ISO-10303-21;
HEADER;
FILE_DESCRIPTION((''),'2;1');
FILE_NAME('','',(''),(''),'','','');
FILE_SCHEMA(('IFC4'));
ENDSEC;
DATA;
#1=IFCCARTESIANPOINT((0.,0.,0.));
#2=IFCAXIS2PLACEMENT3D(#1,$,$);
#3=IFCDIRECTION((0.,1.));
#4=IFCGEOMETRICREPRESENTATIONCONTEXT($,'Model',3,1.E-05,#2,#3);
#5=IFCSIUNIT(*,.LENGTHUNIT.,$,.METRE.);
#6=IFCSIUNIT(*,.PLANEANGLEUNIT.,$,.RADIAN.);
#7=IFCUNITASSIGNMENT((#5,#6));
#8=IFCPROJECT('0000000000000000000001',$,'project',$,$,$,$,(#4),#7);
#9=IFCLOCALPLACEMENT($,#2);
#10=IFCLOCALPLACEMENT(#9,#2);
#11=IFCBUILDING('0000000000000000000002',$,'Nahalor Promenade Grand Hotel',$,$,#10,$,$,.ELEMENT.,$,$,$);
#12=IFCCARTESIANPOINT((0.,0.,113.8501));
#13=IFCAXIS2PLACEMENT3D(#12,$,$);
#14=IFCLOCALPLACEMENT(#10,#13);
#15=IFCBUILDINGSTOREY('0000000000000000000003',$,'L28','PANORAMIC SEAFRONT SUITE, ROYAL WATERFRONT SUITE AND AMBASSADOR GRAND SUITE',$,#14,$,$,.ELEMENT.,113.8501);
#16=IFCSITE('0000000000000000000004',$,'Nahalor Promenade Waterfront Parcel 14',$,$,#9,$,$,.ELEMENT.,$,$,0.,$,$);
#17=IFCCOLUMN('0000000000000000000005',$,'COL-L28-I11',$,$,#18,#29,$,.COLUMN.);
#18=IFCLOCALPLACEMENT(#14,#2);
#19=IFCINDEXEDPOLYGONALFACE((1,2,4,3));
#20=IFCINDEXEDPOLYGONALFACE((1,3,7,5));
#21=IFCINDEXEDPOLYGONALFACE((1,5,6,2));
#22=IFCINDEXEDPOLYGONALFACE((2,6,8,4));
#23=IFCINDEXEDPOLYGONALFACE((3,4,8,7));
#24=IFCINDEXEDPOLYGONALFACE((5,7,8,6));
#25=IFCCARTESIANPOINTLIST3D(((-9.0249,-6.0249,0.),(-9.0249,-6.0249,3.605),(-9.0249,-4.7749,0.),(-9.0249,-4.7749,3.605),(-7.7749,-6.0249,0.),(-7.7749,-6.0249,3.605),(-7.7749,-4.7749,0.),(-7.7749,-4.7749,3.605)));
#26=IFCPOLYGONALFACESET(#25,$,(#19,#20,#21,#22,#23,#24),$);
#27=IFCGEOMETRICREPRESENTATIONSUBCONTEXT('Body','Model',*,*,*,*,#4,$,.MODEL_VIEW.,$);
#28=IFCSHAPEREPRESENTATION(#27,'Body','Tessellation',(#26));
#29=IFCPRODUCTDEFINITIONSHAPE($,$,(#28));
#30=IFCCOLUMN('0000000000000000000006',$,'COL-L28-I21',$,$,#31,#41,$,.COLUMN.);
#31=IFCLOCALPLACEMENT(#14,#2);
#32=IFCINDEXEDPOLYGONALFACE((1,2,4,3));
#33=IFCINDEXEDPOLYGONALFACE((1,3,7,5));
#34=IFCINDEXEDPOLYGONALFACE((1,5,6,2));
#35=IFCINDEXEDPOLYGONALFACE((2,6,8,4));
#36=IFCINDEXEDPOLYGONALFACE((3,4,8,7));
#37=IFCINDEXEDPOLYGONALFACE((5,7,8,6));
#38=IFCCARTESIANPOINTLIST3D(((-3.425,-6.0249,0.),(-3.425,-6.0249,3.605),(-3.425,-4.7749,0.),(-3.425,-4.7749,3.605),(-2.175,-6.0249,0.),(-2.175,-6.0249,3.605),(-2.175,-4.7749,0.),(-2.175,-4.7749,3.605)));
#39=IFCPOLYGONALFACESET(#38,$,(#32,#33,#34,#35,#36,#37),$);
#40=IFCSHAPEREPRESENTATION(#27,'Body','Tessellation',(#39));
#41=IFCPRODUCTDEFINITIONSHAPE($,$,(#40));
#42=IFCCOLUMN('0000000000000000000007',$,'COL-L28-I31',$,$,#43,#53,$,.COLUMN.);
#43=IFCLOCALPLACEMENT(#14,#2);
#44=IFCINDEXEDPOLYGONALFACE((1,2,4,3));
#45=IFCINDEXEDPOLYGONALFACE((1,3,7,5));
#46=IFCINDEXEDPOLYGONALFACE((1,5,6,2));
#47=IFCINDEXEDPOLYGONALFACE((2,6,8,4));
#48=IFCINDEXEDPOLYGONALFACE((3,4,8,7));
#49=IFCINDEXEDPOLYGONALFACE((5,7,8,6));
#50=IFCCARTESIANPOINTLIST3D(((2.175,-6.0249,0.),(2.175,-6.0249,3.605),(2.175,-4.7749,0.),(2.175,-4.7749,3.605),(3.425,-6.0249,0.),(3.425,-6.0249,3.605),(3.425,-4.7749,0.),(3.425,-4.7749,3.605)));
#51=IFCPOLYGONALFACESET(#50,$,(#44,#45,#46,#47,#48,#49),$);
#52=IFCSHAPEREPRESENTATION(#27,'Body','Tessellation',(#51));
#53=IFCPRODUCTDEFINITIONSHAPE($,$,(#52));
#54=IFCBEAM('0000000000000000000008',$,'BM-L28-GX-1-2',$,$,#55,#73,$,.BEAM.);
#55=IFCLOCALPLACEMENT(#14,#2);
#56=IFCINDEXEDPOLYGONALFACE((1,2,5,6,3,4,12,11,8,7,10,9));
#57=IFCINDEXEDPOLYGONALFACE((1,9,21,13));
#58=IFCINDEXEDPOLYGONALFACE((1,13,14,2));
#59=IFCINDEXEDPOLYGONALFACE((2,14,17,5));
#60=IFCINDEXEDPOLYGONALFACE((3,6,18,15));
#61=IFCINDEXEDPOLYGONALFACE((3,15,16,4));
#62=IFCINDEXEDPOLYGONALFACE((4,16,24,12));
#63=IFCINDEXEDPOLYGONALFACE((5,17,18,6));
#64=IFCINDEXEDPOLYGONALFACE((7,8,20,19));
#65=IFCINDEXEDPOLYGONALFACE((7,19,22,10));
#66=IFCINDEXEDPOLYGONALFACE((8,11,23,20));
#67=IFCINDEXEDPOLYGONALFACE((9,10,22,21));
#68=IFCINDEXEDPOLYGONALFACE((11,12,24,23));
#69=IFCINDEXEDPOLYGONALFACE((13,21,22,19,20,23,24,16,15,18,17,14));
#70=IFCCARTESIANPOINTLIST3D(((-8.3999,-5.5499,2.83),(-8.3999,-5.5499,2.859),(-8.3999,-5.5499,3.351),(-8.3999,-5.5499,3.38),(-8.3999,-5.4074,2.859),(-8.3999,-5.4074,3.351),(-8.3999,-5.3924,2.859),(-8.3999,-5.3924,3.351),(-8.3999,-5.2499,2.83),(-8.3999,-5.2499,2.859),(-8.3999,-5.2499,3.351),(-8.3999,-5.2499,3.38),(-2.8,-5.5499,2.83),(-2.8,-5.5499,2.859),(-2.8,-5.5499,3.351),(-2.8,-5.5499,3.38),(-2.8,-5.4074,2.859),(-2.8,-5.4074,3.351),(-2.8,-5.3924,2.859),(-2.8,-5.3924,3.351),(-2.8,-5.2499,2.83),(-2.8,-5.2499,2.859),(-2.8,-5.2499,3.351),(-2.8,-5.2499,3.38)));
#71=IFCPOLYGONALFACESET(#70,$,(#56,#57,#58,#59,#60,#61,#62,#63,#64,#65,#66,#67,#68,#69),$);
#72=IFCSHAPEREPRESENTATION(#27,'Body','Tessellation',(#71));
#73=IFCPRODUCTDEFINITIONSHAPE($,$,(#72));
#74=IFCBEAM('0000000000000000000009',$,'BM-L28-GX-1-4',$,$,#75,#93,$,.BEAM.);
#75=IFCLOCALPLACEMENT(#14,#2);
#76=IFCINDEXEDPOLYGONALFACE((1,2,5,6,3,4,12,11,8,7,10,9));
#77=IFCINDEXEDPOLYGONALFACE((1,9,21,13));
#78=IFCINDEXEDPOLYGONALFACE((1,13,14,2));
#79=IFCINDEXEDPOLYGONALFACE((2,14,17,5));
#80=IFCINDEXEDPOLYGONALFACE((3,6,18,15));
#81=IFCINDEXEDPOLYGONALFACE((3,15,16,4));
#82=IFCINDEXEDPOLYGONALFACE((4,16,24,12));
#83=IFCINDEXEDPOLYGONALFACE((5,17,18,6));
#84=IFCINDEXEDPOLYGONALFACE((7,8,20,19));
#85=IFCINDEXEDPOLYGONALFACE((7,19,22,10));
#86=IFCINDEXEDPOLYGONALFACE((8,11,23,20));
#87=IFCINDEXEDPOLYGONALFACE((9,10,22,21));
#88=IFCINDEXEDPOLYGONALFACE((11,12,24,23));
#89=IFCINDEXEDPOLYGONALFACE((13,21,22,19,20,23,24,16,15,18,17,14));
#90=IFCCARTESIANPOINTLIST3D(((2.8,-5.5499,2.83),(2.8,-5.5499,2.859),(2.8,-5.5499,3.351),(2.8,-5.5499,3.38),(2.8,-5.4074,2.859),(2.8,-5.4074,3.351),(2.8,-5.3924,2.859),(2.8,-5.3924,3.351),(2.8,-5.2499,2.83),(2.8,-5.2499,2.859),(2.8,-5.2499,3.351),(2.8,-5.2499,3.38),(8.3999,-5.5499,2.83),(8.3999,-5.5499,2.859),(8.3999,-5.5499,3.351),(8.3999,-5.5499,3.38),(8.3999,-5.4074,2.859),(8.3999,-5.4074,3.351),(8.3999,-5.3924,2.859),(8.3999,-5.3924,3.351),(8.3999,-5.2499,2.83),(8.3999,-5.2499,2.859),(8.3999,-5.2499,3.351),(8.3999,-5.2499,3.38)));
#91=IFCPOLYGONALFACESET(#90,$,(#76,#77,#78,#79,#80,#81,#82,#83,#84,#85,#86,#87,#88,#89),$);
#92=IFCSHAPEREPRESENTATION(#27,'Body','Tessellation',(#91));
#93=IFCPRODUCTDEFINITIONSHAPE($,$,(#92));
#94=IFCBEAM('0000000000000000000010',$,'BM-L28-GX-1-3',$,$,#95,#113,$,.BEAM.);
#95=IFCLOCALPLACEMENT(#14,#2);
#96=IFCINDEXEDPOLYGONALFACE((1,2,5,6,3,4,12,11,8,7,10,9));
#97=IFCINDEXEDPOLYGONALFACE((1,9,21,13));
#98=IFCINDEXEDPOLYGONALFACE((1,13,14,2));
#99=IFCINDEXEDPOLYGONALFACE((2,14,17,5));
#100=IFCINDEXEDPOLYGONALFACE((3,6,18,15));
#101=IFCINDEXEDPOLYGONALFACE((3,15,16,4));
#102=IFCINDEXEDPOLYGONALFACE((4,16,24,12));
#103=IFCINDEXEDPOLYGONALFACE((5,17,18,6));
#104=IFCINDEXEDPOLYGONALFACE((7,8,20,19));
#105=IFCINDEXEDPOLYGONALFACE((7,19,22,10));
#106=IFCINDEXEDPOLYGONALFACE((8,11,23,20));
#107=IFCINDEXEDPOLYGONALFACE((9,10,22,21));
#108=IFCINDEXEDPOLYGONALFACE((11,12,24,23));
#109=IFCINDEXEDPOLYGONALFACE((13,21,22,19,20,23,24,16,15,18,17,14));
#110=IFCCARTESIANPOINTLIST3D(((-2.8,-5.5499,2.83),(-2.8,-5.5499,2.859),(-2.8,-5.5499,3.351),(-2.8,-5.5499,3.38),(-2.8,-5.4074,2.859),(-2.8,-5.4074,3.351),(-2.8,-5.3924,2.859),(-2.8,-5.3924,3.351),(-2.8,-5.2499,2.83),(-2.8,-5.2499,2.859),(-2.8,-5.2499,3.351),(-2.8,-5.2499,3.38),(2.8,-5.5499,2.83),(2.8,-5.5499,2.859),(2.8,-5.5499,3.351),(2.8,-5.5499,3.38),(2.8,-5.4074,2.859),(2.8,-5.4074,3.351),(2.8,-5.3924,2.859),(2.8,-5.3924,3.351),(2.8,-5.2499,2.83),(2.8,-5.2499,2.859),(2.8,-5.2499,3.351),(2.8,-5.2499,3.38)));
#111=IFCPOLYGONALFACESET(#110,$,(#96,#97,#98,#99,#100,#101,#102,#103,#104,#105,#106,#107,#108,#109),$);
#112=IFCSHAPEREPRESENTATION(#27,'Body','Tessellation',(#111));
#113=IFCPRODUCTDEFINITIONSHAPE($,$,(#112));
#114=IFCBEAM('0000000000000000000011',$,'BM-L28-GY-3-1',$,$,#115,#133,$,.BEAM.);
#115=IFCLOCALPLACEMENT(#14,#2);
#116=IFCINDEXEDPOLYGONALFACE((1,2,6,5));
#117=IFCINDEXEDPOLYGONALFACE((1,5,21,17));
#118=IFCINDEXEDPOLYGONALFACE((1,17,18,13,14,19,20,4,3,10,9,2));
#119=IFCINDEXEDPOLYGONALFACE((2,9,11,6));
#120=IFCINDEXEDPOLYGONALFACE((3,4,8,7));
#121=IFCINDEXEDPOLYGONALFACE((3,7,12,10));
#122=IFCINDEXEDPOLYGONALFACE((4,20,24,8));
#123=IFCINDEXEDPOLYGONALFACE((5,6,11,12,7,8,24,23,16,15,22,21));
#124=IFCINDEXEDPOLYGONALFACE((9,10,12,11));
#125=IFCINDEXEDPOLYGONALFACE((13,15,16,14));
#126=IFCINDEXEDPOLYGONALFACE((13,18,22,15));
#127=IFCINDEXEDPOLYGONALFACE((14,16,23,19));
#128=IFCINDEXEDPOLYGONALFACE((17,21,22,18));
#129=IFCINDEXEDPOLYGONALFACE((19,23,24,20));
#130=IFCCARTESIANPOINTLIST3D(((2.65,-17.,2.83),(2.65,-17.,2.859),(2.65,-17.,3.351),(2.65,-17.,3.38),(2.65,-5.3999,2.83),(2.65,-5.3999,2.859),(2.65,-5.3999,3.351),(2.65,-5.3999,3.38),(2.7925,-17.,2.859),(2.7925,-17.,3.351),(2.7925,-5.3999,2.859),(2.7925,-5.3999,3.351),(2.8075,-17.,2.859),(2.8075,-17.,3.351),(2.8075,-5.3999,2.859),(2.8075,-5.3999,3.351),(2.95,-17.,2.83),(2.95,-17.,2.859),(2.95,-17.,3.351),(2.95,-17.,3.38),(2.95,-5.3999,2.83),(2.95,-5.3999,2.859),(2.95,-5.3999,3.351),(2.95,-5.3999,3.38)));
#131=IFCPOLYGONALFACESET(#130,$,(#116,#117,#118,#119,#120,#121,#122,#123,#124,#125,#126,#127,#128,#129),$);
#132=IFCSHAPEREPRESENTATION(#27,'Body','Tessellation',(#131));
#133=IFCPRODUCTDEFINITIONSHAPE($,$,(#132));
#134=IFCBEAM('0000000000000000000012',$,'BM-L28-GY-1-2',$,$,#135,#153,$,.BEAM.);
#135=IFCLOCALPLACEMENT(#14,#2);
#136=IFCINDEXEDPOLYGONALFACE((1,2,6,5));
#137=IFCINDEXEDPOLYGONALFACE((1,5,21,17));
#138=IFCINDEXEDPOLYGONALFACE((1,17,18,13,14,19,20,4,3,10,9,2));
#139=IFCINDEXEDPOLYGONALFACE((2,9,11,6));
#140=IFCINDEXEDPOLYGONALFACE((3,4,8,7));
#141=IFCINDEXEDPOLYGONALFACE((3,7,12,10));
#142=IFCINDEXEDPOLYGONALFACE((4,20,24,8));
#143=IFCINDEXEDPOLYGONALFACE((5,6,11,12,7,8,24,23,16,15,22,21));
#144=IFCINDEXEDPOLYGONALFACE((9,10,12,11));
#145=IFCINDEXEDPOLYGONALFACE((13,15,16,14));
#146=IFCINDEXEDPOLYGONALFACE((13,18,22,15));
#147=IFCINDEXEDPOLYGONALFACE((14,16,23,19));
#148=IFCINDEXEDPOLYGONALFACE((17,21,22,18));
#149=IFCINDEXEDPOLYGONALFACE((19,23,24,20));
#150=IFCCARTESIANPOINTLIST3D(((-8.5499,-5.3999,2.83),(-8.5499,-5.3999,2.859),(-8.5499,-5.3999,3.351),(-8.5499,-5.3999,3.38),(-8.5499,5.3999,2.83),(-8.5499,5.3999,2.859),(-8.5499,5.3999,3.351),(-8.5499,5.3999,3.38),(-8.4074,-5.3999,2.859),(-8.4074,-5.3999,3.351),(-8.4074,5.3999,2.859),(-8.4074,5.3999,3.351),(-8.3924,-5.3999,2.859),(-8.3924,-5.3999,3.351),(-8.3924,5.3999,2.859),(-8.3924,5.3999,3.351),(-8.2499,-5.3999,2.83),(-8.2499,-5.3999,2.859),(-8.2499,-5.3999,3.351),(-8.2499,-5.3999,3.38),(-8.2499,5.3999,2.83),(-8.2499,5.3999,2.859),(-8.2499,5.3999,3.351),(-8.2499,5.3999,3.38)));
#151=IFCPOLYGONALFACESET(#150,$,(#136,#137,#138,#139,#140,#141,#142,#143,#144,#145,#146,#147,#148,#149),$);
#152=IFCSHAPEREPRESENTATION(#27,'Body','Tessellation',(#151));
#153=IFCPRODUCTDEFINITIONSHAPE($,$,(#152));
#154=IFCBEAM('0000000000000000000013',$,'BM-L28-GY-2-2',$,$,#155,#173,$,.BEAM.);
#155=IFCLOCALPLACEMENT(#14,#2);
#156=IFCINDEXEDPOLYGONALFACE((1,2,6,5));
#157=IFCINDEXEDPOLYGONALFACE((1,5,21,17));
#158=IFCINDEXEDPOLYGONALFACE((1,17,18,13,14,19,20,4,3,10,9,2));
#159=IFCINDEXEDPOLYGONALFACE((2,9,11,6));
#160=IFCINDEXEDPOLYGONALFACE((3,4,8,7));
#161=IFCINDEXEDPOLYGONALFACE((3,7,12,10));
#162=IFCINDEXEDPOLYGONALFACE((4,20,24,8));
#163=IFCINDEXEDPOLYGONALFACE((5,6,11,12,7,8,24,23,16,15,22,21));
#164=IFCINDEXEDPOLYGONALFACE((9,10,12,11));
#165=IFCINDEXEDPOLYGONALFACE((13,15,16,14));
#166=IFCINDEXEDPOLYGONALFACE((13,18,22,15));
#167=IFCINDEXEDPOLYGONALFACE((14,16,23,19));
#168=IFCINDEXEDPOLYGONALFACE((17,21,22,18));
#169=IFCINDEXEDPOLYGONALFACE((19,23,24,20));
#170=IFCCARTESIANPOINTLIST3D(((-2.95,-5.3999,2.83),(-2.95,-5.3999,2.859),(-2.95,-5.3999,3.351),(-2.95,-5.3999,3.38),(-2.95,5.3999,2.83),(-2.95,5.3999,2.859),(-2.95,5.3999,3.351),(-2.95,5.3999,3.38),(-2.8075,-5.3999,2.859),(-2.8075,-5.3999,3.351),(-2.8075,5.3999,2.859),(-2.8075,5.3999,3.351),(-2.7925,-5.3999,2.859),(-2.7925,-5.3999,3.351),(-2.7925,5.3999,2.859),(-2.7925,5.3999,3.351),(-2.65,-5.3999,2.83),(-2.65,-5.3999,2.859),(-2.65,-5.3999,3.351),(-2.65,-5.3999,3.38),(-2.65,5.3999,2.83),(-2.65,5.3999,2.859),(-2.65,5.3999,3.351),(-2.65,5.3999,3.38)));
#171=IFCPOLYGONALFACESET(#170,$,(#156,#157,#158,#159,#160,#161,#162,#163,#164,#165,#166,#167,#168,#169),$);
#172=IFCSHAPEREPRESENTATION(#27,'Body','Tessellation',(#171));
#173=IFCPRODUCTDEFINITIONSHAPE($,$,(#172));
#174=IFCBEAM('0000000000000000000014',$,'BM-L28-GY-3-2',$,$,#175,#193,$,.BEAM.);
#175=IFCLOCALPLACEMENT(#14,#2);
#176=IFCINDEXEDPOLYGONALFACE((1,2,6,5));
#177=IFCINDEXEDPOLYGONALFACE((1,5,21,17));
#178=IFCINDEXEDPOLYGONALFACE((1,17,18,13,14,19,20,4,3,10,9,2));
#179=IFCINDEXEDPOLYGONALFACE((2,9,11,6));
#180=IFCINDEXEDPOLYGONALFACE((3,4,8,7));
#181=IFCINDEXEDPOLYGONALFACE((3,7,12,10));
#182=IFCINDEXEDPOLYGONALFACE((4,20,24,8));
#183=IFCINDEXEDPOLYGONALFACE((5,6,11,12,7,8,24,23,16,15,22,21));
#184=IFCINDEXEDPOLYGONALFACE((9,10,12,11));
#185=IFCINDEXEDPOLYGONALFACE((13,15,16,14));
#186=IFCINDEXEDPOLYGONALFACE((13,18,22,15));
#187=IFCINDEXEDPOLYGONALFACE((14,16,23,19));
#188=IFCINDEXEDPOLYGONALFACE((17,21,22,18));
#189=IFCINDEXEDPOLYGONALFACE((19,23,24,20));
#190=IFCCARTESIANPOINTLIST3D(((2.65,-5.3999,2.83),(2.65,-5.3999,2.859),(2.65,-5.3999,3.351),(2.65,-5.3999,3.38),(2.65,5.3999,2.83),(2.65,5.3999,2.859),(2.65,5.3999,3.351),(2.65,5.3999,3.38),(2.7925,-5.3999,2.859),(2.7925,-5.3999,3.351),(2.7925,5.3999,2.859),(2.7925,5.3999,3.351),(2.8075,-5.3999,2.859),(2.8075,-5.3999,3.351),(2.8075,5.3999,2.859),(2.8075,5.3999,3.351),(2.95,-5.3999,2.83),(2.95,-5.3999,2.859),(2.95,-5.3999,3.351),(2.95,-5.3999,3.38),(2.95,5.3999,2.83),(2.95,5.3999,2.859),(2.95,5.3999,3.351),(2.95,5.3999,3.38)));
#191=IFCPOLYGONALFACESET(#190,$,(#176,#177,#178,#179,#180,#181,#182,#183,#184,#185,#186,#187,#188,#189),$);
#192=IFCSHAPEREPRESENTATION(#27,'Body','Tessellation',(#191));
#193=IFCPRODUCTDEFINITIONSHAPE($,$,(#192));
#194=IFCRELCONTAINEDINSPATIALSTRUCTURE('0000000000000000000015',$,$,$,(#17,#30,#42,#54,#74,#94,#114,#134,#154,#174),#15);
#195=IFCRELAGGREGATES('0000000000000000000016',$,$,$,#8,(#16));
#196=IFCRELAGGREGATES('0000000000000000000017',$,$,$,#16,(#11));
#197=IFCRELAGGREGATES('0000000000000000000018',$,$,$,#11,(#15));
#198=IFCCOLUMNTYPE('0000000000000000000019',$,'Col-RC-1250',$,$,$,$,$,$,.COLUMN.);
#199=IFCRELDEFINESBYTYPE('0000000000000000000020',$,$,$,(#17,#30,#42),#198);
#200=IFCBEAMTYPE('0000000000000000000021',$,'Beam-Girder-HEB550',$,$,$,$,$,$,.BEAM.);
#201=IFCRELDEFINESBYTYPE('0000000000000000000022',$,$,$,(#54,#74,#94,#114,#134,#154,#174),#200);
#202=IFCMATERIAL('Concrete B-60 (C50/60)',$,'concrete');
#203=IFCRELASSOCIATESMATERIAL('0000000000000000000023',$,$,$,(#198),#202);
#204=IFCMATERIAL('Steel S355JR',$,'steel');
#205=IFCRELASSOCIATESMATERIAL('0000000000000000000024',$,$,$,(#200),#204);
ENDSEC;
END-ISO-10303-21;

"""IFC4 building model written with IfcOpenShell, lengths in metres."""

from ifc_helpers import new_model, si_unit, direction, frame, origin, origin_2d, place, context, subcontext, project, spatial, rectangle, i_section, extrude, source, transform, mapped, material, material_profile, profile_set, type_object, element, save


model = new_model("IFC4")

# Units and contexts
model_context = context("Model", 3, precision=1e-05, world=origin(), true_north=direction((0.0, 1.0)))
body_context = subcontext(model_context, "Body", "Model", "MODEL_VIEW")
ifc_project = project(units=[si_unit("LENGTHUNIT", "METRE"), si_unit("PLANEANGLEUNIT", "RADIAN")], contexts=[model_context])

# Site, building, storey
site_placement = place(None, origin())
site = spatial("IfcSite", under=ifc_project, at=site_placement, Name="Nahalor Promenade Waterfront Parcel 14", CompositionType="ELEMENT", RefElevation=0.0)
building_placement = place(site_placement, origin())
building = spatial("IfcBuilding", under=site, at=building_placement, Name="Nahalor Promenade Grand Hotel", CompositionType="ELEMENT")
storey_placement = place(building_placement, frame((0.0, 0.0, 113.8501)))
storey = spatial("IfcBuildingStorey", under=building, at=storey_placement, Name="L28", Description="PANORAMIC SEAFRONT SUITE, ROYAL WATERFRONT SUITE AND AMBASSADOR GRAND SUITE", CompositionType="ELEMENT", Elevation=113.8501)

# Columns
ifc_material_1 = material(Name="Concrete B-60 (C50/60)", Category="concrete")
ifc_material_profile_1 = material_profile(ifc_material_1, rectangle(XDim=1.25, YDim=1.25, at=origin_2d()), Name="RC 1250x1250")
ifc_profile_set_1 = profile_set([ifc_material_profile_1], Name="Concrete B-60 (C50/60)")
column_type = type_object("IfcColumnType", Name="Col-RC-1250", PredefinedType="COLUMN", material=ifc_profile_set_1)
shared_shape_1 = source(origin(), body_context, "Body", "SweptSolid", [
    extrude(rectangle(XDim=1.25, YDim=1.25, at=origin_2d()), origin(), (0.0, 0.0, 1.0), 3.605),
])
for number, where, z_axis, x_axis, name in (
    (1, (-8.3999, -5.3999, 0.0), (0.0, 0.0, 1.0), (1.0, 0.0, 0.0), "COL-L28-I11"),
    (2, (-2.8, -5.3999, 0.0), (0.0, 0.0, 1.0), (1.0, 0.0, 0.0), "COL-L28-I21"),
    (3, (2.8, -5.3999, 0.0), (0.0, 0.0, 1.0), (1.0, 0.0, 0.0), "COL-L28-I31"),
):
    element("IfcColumn", number, at=place(storey_placement, frame(where, z_axis=z_axis, x_axis=x_axis)), inside=storey, type_object=column_type, Name=name, PredefinedType="COLUMN", context=body_context, shape_type="MappedRepresentation", body=[
        mapped(shared_shape_1, transform((0.0, 0.0, 0.0), scale=1.0)),
    ])

# Beams
ifc_material_2 = material(Name="Steel S355JR", Category="steel")
ifc_material_profile_2 = material_profile(ifc_material_2, i_section(OverallWidth=0.3, OverallDepth=0.55, WebThickness=0.015, FlangeThickness=0.029, at=origin_2d()), Name="HEB 550")
ifc_profile_set_2 = profile_set([ifc_material_profile_2], Name="Steel S355JR")
beam_type = type_object("IfcBeamType", Name="Beam-Girder-HEB550", PredefinedType="BEAM", material=ifc_profile_set_2)
shared_shape_2 = source(origin(), body_context, "Body", "SweptSolid", [
    extrude(i_section(OverallWidth=0.3, OverallDepth=0.55, WebThickness=0.015, FlangeThickness=0.029, at=origin_2d()), origin(), (0.0, 0.0, 1.0), 5.5999),
])
for number, where, z_axis, x_axis, name in (
    (4, (-8.3999, -5.3999, 3.105), (1.0, 0.0, 0.0), (0.0, 1.0, 0.0), "BM-L28-GX-1-2"),
    (5, (2.8, -5.3999, 3.105), (1.0, 0.0, 0.0), (0.0, 1.0, 0.0), "BM-L28-GX-1-4"),
):
    element("IfcBeam", number, at=place(storey_placement, frame(where, z_axis=z_axis, x_axis=x_axis)), inside=storey, type_object=beam_type, Name=name, PredefinedType="BEAM", context=body_context, shape_type="MappedRepresentation", body=[
        mapped(shared_shape_2, transform((0.0, 0.0, 0.0), scale=1.0)),
    ])
shared_shape_3 = source(origin(), body_context, "Body", "SweptSolid", [
    extrude(i_section(OverallWidth=0.3, OverallDepth=0.55, WebThickness=0.015, FlangeThickness=0.029, at=origin_2d()), origin(), (0.0, 0.0, 1.0), 5.6001),
])
beam_1_placement = place(storey_placement, frame((-2.8, -5.3999, 3.105), z_axis=(1.0, 0.0, 0.0), x_axis=(0.0, 1.0, 0.0)))
element("IfcBeam", 6, at=beam_1_placement, inside=storey, type_object=beam_type, Name="BM-L28-GX-1-3", PredefinedType="BEAM", context=body_context, shape_type="MappedRepresentation", body=[
    mapped(shared_shape_3, transform((0.0, 0.0, 0.0), scale=1.0)),
])
shared_shape_4 = source(origin(), body_context, "Body", "SweptSolid", [
    extrude(i_section(OverallWidth=0.3, OverallDepth=0.55, WebThickness=0.015, FlangeThickness=0.029, at=origin_2d()), origin(), (0.0, 0.0, 1.0), 11.6001),
])
beam_2_placement = place(storey_placement, frame((2.8, -17.0, 3.105), z_axis=(0.0, 1.0, 0.0), x_axis=(-1.0, 0.0, 0.0)))
element("IfcBeam", 7, at=beam_2_placement, inside=storey, type_object=beam_type, Name="BM-L28-GY-3-1", PredefinedType="BEAM", context=body_context, shape_type="MappedRepresentation", body=[
    mapped(shared_shape_4, transform((0.0, 0.0, 0.0), scale=1.0)),
])
shared_shape_5 = source(origin(), body_context, "Body", "SweptSolid", [
    extrude(i_section(OverallWidth=0.3, OverallDepth=0.55, WebThickness=0.015, FlangeThickness=0.029, at=origin_2d()), origin(), (0.0, 0.0, 1.0), 10.7998),
])
for number, where, z_axis, x_axis, name in (
    (8, (-8.3999, -5.3999, 3.105), (0.0, 1.0, 0.0), (-1.0, 0.0, 0.0), "BM-L28-GY-1-2"),
    (9, (-2.8, -5.3999, 3.105), (0.0, 1.0, 0.0), (-1.0, 0.0, 0.0), "BM-L28-GY-2-2"),
    (10, (2.8, -5.3999, 3.105), (0.0, 1.0, 0.0), (-1.0, 0.0, 0.0), "BM-L28-GY-3-2"),
):
    element("IfcBeam", number, at=place(storey_placement, frame(where, z_axis=z_axis, x_axis=x_axis)), inside=storey, type_object=beam_type, Name=name, PredefinedType="BEAM", context=body_context, shape_type="MappedRepresentation", body=[
        mapped(shared_shape_5, transform((0.0, 0.0, 0.0), scale=1.0)),
    ])

save(model, "model.ifc")
